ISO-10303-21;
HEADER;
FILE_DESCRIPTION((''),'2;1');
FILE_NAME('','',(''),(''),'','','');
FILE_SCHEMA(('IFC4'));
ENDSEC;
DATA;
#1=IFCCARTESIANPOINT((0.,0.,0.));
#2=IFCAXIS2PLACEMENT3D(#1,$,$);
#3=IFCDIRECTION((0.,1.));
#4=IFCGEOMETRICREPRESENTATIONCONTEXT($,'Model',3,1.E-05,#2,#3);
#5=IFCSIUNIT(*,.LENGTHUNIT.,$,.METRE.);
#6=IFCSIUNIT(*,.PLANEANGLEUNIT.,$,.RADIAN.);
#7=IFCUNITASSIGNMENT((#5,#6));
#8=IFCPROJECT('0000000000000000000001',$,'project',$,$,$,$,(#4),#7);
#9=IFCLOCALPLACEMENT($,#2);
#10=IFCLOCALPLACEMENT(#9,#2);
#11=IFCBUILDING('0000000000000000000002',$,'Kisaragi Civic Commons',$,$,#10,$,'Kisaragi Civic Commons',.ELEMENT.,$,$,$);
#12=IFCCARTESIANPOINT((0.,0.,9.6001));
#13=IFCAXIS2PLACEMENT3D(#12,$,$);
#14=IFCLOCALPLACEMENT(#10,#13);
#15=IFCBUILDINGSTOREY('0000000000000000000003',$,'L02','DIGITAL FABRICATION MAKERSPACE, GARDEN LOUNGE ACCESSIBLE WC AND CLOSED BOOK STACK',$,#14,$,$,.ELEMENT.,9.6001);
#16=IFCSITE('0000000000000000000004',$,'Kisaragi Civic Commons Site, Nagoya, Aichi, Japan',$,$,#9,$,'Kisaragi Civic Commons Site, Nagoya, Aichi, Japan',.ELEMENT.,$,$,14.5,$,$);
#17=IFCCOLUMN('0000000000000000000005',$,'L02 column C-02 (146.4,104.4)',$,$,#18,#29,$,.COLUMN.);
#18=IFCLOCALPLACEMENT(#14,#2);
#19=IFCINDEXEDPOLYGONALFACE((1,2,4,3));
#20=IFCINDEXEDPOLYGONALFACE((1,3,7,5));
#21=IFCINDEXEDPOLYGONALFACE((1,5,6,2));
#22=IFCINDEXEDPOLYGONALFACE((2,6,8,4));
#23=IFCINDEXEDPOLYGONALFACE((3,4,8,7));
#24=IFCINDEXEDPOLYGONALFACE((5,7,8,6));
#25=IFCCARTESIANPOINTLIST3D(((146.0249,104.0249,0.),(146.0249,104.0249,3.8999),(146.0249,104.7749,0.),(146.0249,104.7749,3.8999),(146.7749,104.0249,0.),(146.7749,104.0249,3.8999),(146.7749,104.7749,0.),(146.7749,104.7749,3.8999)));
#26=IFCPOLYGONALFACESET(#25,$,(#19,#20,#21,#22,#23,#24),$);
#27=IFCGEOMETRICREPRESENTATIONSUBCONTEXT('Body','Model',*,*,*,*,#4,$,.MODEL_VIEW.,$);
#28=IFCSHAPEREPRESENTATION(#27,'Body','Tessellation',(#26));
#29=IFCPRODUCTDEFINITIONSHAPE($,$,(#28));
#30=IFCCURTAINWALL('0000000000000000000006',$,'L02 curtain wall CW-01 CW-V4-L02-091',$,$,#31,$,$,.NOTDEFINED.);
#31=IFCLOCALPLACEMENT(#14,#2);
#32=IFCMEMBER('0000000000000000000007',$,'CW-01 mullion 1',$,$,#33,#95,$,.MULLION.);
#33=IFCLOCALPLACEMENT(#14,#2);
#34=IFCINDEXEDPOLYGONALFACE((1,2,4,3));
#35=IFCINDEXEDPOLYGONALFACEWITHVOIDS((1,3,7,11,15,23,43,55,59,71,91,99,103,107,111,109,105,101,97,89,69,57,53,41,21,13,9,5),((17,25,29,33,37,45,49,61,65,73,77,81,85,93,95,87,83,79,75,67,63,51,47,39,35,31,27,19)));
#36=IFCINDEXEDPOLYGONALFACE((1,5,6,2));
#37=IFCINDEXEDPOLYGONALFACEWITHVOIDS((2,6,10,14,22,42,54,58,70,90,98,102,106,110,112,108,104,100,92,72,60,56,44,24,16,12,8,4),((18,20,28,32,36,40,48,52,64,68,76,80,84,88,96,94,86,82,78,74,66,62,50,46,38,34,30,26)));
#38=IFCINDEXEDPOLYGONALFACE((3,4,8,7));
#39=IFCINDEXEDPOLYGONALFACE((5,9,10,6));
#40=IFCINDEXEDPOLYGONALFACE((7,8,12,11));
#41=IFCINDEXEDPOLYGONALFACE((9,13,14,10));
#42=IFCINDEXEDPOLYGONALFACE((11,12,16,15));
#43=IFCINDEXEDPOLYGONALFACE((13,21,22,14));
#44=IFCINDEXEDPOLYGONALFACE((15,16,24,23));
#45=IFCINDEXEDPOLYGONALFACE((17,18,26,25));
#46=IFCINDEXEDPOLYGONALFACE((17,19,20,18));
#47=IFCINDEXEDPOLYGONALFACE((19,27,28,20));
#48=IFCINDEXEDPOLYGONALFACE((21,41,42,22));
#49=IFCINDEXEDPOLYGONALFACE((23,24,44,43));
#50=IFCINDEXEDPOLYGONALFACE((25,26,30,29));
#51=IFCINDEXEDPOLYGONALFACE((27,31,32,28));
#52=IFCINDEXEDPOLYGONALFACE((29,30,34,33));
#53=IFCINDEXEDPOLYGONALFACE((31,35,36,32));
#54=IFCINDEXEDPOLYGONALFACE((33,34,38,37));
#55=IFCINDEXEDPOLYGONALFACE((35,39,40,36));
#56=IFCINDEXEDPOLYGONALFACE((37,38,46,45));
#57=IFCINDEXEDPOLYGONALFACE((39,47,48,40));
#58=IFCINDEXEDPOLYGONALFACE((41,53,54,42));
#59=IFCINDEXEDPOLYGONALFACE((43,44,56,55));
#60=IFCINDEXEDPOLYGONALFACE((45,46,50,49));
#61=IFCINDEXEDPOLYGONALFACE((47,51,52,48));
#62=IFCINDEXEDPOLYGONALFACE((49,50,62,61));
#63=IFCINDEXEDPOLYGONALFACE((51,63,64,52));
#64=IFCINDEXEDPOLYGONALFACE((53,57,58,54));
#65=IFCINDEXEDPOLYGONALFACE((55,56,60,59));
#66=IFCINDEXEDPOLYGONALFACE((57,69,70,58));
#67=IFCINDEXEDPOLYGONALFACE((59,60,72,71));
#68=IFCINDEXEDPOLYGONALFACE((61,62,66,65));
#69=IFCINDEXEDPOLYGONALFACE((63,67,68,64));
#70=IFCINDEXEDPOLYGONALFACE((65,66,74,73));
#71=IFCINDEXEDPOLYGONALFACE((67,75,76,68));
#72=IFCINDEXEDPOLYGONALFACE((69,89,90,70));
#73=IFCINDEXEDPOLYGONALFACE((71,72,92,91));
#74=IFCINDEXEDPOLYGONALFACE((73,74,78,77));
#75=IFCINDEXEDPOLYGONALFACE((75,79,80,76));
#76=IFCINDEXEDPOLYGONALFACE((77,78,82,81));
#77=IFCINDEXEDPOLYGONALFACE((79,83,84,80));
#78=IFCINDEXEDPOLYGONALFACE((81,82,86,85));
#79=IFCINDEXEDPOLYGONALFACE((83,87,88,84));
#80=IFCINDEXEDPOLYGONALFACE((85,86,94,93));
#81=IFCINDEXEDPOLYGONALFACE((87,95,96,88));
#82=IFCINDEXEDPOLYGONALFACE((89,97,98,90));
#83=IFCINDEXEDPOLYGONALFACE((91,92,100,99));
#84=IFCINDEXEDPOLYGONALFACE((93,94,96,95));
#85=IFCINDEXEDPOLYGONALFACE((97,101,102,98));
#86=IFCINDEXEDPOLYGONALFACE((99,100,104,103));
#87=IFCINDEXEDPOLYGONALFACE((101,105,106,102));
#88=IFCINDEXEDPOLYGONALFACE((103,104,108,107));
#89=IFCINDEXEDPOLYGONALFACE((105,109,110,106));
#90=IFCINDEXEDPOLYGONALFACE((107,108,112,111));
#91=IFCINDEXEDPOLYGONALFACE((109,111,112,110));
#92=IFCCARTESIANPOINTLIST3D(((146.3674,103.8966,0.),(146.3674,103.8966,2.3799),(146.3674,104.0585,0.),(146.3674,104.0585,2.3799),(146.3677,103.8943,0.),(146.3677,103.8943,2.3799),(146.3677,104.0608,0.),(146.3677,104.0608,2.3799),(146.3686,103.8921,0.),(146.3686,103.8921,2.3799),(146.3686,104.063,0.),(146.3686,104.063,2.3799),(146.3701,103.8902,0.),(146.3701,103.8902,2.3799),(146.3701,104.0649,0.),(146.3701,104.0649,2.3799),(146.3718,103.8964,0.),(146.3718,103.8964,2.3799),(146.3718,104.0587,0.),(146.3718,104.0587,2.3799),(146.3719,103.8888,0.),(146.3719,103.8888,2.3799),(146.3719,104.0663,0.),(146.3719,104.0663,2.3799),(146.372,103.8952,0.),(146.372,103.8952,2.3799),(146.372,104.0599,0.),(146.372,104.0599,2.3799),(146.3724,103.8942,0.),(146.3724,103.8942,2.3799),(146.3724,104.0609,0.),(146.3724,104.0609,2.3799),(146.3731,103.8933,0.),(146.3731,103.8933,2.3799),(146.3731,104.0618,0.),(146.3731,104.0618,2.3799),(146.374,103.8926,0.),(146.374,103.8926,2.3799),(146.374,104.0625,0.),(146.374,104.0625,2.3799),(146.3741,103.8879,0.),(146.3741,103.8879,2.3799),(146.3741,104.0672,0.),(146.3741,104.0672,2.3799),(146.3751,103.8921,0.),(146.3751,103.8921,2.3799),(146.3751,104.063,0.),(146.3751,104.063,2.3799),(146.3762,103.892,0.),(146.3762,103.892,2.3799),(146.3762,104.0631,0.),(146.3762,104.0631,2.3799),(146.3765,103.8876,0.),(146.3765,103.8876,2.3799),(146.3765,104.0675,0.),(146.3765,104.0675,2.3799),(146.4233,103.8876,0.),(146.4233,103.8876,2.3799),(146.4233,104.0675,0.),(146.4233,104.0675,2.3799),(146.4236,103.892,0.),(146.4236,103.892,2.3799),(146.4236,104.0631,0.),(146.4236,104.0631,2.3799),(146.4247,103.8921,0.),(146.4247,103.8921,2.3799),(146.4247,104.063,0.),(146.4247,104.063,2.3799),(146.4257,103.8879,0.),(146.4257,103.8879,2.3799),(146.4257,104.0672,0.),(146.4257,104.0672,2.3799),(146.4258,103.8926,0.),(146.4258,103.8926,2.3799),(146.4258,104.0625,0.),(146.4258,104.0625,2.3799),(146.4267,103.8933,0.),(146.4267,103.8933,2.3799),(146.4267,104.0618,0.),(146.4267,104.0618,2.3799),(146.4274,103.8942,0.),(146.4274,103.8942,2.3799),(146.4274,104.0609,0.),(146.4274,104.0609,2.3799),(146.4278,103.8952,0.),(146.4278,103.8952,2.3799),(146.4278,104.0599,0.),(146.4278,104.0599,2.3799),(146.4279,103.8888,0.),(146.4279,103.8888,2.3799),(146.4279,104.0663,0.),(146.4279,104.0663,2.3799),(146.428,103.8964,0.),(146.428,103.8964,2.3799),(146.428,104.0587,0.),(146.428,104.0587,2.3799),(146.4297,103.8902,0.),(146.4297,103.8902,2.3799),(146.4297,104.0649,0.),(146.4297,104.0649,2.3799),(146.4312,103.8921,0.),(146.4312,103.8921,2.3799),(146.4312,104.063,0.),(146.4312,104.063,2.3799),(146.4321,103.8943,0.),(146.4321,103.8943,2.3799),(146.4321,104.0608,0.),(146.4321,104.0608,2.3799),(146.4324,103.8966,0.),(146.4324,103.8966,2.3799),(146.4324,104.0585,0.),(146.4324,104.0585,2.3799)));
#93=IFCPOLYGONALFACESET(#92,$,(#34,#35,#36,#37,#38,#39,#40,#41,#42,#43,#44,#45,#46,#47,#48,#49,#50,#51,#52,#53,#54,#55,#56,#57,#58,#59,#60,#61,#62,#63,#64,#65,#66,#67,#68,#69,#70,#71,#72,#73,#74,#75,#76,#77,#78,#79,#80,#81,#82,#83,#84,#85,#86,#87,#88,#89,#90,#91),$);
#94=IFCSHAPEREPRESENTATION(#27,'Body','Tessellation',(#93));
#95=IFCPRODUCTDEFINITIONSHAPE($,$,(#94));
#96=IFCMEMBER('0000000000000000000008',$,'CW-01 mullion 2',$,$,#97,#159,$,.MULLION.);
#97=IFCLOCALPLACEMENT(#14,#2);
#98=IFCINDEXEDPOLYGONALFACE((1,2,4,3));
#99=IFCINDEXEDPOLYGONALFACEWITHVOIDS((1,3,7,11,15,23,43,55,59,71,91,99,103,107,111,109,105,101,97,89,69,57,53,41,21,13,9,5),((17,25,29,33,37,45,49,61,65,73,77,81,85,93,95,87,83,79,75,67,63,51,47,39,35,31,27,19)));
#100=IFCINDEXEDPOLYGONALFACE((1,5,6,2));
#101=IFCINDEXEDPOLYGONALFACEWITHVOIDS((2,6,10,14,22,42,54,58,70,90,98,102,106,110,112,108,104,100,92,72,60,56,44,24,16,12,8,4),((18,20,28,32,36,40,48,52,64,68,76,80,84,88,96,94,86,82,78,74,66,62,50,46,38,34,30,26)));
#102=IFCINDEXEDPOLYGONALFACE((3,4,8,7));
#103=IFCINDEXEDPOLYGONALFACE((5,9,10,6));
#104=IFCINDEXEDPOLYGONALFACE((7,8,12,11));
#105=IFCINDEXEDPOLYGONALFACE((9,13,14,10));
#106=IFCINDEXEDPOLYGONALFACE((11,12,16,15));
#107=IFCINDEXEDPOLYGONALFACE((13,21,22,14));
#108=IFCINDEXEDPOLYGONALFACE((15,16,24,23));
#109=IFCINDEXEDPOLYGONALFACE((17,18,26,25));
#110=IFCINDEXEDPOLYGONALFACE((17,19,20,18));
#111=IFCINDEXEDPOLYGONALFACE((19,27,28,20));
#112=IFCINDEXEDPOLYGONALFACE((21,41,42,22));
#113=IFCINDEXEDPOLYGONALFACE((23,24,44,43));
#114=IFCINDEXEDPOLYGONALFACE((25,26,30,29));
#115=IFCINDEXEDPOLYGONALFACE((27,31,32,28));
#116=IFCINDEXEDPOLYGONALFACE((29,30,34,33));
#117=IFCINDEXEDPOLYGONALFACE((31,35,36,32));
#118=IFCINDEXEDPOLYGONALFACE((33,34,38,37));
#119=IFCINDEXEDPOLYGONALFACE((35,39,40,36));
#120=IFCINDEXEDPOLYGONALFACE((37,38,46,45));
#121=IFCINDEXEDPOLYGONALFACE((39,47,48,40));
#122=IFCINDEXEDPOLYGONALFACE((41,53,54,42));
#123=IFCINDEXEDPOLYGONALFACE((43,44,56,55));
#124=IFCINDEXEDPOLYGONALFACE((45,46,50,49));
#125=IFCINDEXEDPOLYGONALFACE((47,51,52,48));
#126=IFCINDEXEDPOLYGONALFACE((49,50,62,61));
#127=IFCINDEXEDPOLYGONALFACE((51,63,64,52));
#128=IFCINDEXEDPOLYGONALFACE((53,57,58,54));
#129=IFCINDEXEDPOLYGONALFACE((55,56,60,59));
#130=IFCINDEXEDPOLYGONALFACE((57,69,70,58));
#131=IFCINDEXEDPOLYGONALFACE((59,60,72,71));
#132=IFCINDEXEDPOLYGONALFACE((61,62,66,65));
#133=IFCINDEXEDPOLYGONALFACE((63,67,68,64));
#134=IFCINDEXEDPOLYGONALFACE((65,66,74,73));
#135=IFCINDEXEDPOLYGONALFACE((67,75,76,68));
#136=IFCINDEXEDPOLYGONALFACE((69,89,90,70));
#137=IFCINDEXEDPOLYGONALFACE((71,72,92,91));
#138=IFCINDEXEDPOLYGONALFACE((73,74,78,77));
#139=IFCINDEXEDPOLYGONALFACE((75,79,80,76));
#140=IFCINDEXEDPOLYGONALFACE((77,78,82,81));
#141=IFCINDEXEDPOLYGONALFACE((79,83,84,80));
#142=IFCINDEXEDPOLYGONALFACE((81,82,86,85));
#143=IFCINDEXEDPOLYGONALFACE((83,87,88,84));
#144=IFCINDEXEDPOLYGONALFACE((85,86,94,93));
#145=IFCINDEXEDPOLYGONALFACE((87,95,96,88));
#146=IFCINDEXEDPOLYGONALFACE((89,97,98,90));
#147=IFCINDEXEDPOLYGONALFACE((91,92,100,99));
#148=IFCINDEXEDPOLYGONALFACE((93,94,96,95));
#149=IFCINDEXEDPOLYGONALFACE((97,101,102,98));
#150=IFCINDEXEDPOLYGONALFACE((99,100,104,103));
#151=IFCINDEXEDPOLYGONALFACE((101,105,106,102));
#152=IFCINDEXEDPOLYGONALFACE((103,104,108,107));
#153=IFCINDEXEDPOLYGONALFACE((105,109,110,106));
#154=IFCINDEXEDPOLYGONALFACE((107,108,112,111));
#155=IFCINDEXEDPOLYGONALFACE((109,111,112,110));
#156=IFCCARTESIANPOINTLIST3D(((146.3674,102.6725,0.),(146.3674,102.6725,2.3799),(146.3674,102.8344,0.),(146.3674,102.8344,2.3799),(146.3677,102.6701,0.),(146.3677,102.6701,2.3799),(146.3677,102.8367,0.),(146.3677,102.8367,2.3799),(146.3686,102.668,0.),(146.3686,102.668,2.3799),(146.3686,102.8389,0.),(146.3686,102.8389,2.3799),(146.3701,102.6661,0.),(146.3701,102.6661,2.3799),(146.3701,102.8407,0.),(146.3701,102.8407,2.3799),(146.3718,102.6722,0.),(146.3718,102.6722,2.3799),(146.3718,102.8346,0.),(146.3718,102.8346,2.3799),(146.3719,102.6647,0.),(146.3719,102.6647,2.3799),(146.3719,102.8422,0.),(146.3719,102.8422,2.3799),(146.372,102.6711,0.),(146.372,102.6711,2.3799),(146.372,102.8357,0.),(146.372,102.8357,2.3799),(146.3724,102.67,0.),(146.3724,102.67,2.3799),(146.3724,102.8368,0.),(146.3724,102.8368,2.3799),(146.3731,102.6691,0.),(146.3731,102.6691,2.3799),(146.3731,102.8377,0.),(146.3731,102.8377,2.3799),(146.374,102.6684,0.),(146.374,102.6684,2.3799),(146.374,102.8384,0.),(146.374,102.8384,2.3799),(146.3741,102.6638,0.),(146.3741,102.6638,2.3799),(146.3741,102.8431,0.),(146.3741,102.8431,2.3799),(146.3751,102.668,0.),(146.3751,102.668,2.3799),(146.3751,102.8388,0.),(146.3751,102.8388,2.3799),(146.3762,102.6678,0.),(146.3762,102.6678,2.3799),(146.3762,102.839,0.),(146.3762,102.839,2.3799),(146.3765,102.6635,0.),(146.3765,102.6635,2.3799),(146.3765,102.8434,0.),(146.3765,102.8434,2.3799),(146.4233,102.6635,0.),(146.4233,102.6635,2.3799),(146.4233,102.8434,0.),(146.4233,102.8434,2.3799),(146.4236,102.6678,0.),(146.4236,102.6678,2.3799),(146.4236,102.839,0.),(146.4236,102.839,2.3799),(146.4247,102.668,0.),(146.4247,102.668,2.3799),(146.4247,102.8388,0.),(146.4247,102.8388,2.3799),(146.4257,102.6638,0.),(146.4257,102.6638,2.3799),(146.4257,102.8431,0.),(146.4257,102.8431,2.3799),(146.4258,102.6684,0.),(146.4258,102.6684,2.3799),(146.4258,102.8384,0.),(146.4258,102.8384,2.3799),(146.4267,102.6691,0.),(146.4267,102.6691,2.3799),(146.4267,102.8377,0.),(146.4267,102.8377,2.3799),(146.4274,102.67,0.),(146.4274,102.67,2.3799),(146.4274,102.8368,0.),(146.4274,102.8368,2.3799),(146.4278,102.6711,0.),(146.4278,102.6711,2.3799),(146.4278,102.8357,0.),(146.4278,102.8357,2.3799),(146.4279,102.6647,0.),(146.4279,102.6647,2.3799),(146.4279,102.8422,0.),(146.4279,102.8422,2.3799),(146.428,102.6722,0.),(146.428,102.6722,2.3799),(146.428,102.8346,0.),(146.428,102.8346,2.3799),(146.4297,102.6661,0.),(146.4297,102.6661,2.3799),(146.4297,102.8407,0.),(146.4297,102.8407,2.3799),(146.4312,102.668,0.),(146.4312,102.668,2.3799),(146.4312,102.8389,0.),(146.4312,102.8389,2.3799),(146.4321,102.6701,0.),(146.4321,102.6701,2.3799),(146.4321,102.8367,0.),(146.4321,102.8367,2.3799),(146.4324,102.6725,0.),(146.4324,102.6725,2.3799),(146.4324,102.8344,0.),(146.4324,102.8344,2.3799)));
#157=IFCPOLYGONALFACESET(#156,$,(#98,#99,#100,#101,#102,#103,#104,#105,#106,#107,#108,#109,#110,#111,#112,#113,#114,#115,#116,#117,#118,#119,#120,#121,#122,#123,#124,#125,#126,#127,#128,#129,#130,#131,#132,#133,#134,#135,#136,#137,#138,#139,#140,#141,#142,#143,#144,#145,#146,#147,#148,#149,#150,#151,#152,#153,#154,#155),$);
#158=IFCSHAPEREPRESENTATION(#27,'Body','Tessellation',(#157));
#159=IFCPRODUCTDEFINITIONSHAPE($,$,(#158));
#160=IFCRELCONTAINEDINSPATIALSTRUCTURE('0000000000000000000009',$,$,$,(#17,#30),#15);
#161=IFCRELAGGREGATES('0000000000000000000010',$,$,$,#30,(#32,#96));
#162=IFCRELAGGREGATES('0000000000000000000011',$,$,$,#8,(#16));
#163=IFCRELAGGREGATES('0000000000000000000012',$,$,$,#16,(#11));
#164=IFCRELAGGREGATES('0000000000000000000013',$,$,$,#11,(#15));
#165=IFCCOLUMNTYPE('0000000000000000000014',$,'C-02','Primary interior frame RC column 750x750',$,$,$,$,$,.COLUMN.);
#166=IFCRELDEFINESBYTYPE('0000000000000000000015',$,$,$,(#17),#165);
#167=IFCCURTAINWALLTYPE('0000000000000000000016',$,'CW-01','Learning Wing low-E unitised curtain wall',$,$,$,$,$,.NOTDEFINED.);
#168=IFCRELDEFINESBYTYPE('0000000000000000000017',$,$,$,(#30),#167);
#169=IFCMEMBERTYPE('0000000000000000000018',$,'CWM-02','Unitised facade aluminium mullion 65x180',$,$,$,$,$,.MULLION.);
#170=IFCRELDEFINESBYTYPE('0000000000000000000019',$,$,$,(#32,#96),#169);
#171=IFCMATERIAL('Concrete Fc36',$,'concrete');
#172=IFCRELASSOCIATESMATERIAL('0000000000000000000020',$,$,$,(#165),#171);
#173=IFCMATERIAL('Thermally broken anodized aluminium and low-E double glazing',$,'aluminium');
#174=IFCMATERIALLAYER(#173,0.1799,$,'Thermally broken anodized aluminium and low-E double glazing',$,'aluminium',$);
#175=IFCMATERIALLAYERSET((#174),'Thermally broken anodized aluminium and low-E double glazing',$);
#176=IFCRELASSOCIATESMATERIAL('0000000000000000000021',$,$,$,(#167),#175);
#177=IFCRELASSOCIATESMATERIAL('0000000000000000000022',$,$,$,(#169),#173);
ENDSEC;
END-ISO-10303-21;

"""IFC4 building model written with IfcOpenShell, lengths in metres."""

from ifc_helpers import new_model, si_unit, direction, frame, origin, origin_2d, place, context, subcontext, project, spatial, rectangle, hollow_rectangle, extrude, material, layer, layer_set, material_profile, profile_set, type_object, element, aggregate, save


model = new_model("IFC4")

# Units and contexts
model_context = context("Model", 3, precision=1e-05, world=origin(), true_north=direction((0.0, 1.0)))
body_context = subcontext(model_context, "Body", "Model", "MODEL_VIEW")
ifc_project = project(units=[si_unit("LENGTHUNIT", "METRE"), si_unit("PLANEANGLEUNIT", "RADIAN")], contexts=[model_context])

# Site, building, storey
site_placement = place(None, origin())
site = spatial("IfcSite", under=ifc_project, at=site_placement, Name="Kisaragi Civic Commons Site, Nagoya, Aichi, Japan", LongName="Kisaragi Civic Commons Site, Nagoya, Aichi, Japan", CompositionType="ELEMENT", RefElevation=14.5)
building_placement = place(site_placement, origin())
building = spatial("IfcBuilding", under=site, at=building_placement, Name="Kisaragi Civic Commons", LongName="Kisaragi Civic Commons", CompositionType="ELEMENT")
storey_placement = place(building_placement, frame((0.0, 0.0, 9.6001)))
storey = spatial("IfcBuildingStorey", under=building, at=storey_placement, Name="L02", Description="DIGITAL FABRICATION MAKERSPACE, GARDEN LOUNGE ACCESSIBLE WC AND CLOSED BOOK STACK", CompositionType="ELEMENT", Elevation=9.6001)

# Column
ifc_material_1 = material(Name="Concrete Fc36", Category="concrete")
ifc_material_profile_1 = material_profile(ifc_material_1, rectangle(XDim=0.75, YDim=0.75, at=origin_2d()), Name="RC-750x750", Category="concrete")
ifc_profile_set_1 = profile_set([ifc_material_profile_1], Name="Concrete Fc36")
column_type = type_object("IfcColumnType", Name="C-02", Description="Primary interior frame RC column 750x750", PredefinedType="COLUMN", material=ifc_profile_set_1)
column_placement = place(storey_placement, frame((146.3999, 104.3999, 0.0), z_axis=(0.0, 0.0, 1.0), x_axis=(1.0, 0.0, 0.0)))
element("IfcColumn", 1, at=column_placement, inside=storey, type_object=column_type, Name="L02 column C-02 (146.4,104.4)", PredefinedType="COLUMN", context=body_context, shape_type="SweptSolid", body=[
    extrude(rectangle(XDim=0.75, YDim=0.75, at=origin_2d()), origin(), (0.0, 0.0, 1.0), 3.8999),
])

# Curtain wall, members
ifc_material_2 = material(Name="Thermally broken anodized aluminium and low-E double glazing", Category="aluminium")
ifc_layer_1 = layer(ifc_material_2, 0.1799, Name="Thermally broken anodized aluminium and low-E double glazing", Category="aluminium")
ifc_layer_set_1 = layer_set([ifc_layer_1], Name="Thermally broken anodized aluminium and low-E double glazing")
curtain_wall_type = type_object("IfcCurtainWallType", Name="CW-01", Description="Learning Wing low-E unitised curtain wall", PredefinedType="NOTDEFINED", material=ifc_layer_set_1)
curtain_wall_1_placement = place(storey_placement, origin())
curtain_wall_1 = element("IfcCurtainWall", 2, at=curtain_wall_1_placement, inside=storey, type_object=curtain_wall_type, Name="L02 curtain wall CW-01 CW-V4-L02-091", PredefinedType="NOTDEFINED")
ifc_material_profile_2 = material_profile(ifc_material_2, hollow_rectangle(XDim=0.0649, YDim=0.1799, WallThickness=0.0044, InnerFilletRadius=0.0044, OuterFilletRadius=0.009, at=origin_2d()), Name="CWM-65x180x4.5", Category="aluminium")
ifc_profile_set_2 = profile_set([ifc_material_profile_2], Name="Thermally broken anodized aluminium and low-E double glazing")
member_type_1 = type_object("IfcMemberType", Name="CWM-02", Description="Unitised facade aluminium mullion 65x180", PredefinedType="MULLION", material=ifc_profile_set_2)
member_1_placement = place(storey_placement, frame((146.3999, 103.9775, 0.0), z_axis=(0.0, 0.0, 1.0), x_axis=(1.0, 0.0, 0.0)))
member_1 = element("IfcMember", 3, at=member_1_placement, type_object=member_type_1, Name="CW-01 mullion 1", PredefinedType="MULLION", context=body_context, shape_type="SweptSolid", body=[
    extrude(hollow_rectangle(XDim=0.0649, YDim=0.1799, WallThickness=0.0044, InnerFilletRadius=0.0044, OuterFilletRadius=0.009, at=origin_2d()), origin(), (0.0, 0.0, 1.0), 2.3799),
])
member_2_placement = place(storey_placement, frame((146.3999, 102.7534, 0.0), z_axis=(0.0, 0.0, 1.0), x_axis=(1.0, 0.0, 0.0)))
member_2 = element("IfcMember", 4, at=member_2_placement, type_object=member_type_1, Name="CW-01 mullion 2", PredefinedType="MULLION", context=body_context, shape_type="SweptSolid", body=[
    extrude(hollow_rectangle(XDim=0.0649, YDim=0.1799, WallThickness=0.0044, InnerFilletRadius=0.0044, OuterFilletRadius=0.009, at=origin_2d()), origin(), (0.0, 0.0, 1.0), 2.3799),
])

aggregate(curtain_wall_1, [member_1, member_2])

save(model, "model.ifc")
